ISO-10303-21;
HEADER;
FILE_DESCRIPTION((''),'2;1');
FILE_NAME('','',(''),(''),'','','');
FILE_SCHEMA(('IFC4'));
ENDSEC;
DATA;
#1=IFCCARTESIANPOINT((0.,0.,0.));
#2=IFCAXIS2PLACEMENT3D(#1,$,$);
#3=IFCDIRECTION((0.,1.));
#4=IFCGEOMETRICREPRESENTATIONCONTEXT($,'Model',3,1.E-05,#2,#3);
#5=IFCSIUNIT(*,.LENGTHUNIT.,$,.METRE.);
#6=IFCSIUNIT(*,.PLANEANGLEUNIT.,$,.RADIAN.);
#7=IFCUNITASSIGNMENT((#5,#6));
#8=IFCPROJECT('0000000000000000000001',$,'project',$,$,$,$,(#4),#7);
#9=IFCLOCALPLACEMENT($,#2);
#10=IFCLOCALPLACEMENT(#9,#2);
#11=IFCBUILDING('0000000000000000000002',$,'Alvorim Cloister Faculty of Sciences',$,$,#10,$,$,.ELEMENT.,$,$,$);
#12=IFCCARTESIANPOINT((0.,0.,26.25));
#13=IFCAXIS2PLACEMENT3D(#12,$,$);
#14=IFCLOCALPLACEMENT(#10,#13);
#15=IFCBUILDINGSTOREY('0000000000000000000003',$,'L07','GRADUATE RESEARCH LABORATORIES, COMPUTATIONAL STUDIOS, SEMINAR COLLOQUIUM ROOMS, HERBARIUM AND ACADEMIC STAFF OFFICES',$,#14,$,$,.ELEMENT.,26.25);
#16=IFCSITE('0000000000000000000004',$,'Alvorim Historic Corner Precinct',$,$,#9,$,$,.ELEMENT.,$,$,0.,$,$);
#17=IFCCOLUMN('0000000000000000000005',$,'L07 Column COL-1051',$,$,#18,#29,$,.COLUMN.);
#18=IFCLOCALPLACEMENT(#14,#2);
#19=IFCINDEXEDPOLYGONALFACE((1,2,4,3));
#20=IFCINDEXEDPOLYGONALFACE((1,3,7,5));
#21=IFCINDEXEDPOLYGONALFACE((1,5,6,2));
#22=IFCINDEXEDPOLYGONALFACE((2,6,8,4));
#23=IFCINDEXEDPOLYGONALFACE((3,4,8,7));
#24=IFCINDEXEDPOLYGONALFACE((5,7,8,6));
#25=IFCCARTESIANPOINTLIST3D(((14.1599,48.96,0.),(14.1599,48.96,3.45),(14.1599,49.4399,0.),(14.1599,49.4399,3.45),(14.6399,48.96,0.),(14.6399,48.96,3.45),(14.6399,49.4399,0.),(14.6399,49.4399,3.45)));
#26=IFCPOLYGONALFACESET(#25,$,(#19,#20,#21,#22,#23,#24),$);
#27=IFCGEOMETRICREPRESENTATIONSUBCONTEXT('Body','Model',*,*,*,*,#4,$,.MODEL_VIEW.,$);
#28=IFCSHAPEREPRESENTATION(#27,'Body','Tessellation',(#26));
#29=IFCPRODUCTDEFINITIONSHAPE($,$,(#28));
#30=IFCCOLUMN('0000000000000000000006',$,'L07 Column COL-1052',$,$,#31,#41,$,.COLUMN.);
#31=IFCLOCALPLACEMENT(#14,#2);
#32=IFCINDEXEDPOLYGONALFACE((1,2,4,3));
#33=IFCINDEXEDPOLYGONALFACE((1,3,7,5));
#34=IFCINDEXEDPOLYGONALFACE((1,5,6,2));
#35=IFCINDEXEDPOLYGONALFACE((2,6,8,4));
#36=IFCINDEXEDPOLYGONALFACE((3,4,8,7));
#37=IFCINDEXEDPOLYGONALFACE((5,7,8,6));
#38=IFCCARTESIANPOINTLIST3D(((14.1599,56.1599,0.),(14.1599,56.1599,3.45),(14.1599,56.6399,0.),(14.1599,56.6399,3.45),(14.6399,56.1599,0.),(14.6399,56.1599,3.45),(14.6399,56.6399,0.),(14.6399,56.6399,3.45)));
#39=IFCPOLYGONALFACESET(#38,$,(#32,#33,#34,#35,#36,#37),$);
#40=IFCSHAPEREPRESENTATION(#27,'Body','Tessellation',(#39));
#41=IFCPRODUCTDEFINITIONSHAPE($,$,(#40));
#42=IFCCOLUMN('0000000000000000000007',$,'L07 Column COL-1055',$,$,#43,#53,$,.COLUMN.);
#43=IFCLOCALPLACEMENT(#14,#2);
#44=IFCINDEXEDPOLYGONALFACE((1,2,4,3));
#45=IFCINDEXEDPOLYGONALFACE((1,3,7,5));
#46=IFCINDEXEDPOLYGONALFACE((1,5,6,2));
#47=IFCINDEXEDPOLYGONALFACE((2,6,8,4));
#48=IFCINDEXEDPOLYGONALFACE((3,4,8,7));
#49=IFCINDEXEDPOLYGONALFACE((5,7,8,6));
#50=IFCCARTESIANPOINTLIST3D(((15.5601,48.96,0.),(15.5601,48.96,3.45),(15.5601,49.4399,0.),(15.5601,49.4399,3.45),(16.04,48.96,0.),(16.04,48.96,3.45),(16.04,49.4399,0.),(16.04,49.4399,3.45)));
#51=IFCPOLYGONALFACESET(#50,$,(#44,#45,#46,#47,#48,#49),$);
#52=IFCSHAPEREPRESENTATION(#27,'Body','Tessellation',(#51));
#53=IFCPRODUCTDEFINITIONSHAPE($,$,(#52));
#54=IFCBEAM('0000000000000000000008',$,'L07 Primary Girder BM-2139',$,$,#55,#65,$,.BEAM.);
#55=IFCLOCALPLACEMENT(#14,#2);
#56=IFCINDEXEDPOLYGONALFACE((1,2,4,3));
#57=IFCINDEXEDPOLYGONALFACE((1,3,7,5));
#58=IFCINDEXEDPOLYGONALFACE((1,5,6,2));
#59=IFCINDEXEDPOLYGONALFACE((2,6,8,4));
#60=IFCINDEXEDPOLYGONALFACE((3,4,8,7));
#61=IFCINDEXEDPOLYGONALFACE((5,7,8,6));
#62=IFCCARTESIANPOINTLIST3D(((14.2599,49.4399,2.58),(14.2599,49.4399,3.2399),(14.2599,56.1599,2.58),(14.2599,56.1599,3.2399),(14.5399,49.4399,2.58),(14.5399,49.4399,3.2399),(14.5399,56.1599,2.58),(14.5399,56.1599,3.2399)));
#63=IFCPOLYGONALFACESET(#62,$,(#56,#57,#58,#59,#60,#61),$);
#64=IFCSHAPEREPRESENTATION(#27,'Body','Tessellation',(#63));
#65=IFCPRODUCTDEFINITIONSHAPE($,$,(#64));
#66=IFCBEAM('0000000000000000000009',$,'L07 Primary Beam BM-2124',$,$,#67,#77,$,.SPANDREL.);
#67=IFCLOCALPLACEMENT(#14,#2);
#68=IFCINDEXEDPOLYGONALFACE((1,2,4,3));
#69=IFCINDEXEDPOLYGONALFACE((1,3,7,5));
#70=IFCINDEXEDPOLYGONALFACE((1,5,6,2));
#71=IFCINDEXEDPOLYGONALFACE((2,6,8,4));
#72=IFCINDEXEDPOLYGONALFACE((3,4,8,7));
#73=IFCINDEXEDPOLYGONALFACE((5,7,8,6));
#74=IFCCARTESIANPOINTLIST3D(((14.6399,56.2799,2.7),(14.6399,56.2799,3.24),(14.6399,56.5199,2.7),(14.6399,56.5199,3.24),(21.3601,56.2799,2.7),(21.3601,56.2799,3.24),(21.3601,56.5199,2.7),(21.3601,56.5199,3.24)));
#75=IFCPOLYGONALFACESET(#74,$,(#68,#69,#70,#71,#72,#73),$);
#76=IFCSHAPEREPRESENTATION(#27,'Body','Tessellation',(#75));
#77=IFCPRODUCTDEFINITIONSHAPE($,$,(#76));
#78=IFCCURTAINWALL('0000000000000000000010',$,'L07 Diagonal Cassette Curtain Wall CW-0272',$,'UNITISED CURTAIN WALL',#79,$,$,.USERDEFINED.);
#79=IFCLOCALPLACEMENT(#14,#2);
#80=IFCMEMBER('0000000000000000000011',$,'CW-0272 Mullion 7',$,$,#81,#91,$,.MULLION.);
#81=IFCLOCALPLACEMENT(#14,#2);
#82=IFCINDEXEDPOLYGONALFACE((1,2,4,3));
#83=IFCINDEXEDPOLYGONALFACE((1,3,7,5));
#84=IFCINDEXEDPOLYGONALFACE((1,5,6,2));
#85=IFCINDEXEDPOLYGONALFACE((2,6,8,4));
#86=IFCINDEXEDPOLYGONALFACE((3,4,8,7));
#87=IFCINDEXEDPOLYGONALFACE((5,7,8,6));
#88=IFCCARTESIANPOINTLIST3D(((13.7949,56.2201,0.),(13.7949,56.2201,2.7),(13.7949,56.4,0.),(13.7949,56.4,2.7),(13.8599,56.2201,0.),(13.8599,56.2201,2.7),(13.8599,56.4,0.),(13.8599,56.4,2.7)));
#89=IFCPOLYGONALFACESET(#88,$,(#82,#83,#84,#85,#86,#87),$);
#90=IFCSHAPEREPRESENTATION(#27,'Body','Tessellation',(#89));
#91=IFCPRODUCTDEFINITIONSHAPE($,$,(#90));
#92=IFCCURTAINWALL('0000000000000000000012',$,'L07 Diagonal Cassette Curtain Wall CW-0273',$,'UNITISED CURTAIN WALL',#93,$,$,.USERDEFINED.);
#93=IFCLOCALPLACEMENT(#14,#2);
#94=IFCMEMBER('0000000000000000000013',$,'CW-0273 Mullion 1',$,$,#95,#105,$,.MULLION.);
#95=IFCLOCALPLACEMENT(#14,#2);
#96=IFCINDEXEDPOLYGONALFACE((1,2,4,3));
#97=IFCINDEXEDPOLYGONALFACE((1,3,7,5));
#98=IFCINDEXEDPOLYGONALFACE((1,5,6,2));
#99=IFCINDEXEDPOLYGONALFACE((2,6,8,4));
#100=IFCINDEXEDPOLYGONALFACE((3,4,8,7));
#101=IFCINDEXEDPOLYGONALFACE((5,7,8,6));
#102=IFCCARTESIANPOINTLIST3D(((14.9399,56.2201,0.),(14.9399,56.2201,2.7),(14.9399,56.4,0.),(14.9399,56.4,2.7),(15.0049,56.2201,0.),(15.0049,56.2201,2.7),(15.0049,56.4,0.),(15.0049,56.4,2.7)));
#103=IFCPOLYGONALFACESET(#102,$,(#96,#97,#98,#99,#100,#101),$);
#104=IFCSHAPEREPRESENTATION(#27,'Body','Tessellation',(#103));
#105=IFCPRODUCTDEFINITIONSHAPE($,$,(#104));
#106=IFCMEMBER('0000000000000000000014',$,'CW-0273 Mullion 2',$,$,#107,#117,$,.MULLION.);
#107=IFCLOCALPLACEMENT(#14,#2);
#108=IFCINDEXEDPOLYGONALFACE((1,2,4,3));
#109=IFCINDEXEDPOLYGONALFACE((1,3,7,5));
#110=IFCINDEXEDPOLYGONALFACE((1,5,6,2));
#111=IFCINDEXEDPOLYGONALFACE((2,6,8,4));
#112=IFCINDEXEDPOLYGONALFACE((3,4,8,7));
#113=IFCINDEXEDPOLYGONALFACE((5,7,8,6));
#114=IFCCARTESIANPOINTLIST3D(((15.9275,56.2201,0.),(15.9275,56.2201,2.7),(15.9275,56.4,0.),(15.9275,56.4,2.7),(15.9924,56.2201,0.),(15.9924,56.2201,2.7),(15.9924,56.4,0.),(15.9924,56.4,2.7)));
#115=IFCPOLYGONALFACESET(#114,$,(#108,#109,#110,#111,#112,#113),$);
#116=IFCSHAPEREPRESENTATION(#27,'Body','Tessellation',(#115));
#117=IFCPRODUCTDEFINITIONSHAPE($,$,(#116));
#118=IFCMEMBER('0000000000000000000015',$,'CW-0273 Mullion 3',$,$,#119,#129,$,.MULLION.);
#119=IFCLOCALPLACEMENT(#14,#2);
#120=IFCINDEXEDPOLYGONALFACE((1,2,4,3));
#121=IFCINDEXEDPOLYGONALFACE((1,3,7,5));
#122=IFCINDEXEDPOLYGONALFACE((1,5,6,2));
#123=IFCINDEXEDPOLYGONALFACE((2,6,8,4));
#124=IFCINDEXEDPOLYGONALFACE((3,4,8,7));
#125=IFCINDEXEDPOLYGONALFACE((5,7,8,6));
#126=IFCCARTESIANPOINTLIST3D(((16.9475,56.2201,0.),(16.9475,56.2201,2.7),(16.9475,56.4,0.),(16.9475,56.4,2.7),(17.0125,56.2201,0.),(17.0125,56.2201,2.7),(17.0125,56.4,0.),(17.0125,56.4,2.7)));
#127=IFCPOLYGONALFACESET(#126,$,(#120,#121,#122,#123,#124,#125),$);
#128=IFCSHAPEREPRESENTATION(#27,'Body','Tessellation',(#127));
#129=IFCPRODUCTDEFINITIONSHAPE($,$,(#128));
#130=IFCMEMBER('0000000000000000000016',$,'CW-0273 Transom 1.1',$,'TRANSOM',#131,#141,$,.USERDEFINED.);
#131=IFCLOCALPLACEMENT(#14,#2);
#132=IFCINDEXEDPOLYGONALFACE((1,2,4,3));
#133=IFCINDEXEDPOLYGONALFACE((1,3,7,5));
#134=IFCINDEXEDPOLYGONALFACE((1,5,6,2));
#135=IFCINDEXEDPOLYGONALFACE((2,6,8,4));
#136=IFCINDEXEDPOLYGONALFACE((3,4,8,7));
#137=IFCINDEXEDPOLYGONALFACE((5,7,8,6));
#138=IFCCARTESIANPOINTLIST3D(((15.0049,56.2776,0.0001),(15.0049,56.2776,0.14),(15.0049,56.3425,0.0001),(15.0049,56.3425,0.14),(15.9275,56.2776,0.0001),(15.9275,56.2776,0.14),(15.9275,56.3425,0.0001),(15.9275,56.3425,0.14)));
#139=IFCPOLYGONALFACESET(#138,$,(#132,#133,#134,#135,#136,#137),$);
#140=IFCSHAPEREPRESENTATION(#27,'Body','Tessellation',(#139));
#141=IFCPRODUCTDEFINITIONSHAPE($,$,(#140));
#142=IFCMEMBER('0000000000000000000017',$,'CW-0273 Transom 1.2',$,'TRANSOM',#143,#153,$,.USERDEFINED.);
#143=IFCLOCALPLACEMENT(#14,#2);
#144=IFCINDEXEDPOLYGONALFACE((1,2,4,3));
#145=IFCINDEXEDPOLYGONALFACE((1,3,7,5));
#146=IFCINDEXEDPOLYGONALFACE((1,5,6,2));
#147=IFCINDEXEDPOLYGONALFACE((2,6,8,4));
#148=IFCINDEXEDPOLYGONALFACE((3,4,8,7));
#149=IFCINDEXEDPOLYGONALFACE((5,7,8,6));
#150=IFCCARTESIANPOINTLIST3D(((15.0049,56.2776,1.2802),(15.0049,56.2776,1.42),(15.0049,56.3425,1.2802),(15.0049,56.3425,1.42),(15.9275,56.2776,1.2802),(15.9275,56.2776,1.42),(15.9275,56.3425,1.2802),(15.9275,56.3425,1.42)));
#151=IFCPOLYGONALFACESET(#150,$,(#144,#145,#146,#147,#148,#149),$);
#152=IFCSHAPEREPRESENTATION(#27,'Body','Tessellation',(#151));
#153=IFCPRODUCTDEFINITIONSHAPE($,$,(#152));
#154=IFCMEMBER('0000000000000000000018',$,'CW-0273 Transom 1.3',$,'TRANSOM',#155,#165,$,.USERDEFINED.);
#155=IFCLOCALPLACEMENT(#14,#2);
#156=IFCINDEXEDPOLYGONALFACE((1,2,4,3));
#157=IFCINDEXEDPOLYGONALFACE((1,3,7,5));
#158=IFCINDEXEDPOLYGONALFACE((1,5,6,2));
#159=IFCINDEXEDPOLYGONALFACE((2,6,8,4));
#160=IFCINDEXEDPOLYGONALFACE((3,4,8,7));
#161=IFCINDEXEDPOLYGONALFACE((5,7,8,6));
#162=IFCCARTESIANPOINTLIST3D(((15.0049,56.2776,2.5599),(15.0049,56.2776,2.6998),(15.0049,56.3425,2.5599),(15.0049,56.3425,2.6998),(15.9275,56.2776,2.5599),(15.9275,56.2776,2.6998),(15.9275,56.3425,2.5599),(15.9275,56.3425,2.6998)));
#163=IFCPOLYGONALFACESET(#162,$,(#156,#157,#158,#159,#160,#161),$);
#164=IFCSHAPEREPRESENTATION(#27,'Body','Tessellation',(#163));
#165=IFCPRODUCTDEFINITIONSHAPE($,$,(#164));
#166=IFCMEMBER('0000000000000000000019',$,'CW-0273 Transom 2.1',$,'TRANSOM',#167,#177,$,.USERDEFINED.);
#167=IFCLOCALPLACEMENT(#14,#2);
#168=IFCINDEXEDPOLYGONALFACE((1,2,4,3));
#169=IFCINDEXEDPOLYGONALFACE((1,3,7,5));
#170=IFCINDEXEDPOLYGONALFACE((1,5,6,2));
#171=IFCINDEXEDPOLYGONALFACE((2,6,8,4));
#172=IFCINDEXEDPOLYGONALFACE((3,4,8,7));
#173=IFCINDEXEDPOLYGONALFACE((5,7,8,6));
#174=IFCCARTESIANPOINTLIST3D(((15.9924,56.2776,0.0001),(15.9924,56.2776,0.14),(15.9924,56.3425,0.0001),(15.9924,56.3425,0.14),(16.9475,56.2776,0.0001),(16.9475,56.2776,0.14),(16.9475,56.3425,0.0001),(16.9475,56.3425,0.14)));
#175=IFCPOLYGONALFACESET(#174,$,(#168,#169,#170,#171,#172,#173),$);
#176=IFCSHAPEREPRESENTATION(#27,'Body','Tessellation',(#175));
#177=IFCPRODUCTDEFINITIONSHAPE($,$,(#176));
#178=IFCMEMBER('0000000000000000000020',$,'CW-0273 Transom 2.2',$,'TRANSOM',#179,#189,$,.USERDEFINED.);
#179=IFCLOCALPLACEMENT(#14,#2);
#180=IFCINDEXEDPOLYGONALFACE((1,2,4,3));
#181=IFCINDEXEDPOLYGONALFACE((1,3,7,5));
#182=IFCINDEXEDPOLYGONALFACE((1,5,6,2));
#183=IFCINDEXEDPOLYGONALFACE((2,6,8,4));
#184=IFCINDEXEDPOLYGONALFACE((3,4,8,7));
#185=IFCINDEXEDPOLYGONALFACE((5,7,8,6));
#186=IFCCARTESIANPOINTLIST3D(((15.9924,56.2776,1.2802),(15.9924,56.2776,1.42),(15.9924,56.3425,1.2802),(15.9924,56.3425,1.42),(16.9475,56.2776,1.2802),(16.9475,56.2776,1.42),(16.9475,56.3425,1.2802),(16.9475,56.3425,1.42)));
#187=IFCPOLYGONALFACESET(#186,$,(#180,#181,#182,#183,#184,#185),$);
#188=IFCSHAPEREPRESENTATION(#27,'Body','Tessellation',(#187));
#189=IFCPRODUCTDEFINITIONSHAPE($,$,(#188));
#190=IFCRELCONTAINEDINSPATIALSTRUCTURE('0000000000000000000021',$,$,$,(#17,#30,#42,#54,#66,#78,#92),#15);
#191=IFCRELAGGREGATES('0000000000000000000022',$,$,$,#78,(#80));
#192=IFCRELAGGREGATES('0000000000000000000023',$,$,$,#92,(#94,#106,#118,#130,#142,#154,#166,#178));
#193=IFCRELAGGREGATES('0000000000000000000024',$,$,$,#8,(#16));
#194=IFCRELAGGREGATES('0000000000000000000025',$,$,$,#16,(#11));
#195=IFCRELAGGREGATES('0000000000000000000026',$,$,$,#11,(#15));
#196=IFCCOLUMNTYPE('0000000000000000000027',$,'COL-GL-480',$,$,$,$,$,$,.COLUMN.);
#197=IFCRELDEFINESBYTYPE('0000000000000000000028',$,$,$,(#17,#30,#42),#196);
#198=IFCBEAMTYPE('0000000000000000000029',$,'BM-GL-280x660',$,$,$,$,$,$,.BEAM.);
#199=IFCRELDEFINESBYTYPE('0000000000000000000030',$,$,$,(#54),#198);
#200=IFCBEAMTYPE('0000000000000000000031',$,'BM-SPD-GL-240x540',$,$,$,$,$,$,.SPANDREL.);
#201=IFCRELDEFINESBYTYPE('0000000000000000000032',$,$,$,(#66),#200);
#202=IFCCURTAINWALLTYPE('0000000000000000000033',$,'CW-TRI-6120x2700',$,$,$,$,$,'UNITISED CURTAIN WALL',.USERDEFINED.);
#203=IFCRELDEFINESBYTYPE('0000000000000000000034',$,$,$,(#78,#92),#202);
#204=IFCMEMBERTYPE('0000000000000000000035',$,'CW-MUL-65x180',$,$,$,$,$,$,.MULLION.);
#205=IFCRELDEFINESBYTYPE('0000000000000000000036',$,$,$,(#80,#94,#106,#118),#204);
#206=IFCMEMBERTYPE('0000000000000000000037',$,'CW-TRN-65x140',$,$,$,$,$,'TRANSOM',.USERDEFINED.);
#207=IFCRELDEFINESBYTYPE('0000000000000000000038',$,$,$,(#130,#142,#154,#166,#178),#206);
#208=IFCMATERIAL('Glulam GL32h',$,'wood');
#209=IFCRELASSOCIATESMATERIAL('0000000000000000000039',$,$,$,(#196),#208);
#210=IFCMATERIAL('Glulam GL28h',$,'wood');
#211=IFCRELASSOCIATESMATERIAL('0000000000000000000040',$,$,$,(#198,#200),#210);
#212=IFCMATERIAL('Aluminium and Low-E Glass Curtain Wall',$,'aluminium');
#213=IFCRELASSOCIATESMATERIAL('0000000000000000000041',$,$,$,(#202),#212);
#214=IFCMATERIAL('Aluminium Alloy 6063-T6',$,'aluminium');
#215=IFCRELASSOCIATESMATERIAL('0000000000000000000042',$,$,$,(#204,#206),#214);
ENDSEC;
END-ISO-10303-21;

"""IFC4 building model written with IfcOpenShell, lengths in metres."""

from ifc_helpers import new_model, si_unit, direction, frame, origin, origin_2d, place, context, subcontext, project, spatial, rectangle, extrude, material, material_profile, profile_set, type_object, element, aggregate, save


model = new_model("IFC4")

# Units and contexts
model_context = context("Model", 3, precision=1e-05, world=origin(), true_north=direction((0.0, 1.0)))
body_context = subcontext(model_context, "Body", "Model", "MODEL_VIEW")
ifc_project = project(units=[si_unit("LENGTHUNIT", "METRE"), si_unit("PLANEANGLEUNIT", "RADIAN")], contexts=[model_context])

# Site, building, storey
site_placement = place(None, origin())
site = spatial("IfcSite", under=ifc_project, at=site_placement, Name="Alvorim Historic Corner Precinct", CompositionType="ELEMENT", RefElevation=0.0)
building_placement = place(site_placement, origin())
building = spatial("IfcBuilding", under=site, at=building_placement, Name="Alvorim Cloister Faculty of Sciences", CompositionType="ELEMENT")
storey_placement = place(building_placement, frame((0.0, 0.0, 26.25)))
storey = spatial("IfcBuildingStorey", under=building, at=storey_placement, Name="L07", Description="GRADUATE RESEARCH LABORATORIES, COMPUTATIONAL STUDIOS, SEMINAR COLLOQUIUM ROOMS, HERBARIUM AND ACADEMIC STAFF OFFICES", CompositionType="ELEMENT", Elevation=26.25)

# Columns
ifc_material_1 = material(Name="Glulam GL32h", Category="wood")
ifc_material_profile_1 = material_profile(ifc_material_1, rectangle(XDim=0.48, YDim=0.48, at=origin_2d()), Name="GL32-COL-480x480")
ifc_profile_set_1 = profile_set([ifc_material_profile_1], Name="Glulam GL32h")
column_type = type_object("IfcColumnType", Name="COL-GL-480", PredefinedType="COLUMN", material=ifc_profile_set_1)
for number, where, z_axis, x_axis, name in (
    (1, (14.3999, 49.2, 0.0), (0.0, 0.0, 1.0), (1.0, 0.0, 0.0), "L07 Column COL-1051"),
    (2, (14.3999, 56.3999, 0.0), (0.0, 0.0, 1.0), (1.0, 0.0, 0.0), "L07 Column COL-1052"),
    (3, (15.8, 49.2, 0.0), (0.0, 0.0, 1.0), (1.0, 0.0, 0.0), "L07 Column COL-1055"),
):
    element("IfcColumn", number, at=place(storey_placement, frame(where, z_axis=z_axis, x_axis=x_axis)), inside=storey, type_object=column_type, Name=name, PredefinedType="COLUMN", context=body_context, shape_type="SweptSolid", body=[
        extrude(rectangle(XDim=0.48, YDim=0.48, at=origin_2d()), origin(), (0.0, 0.0, 1.0), 3.45),
    ])

# Beams
ifc_material_2 = material(Name="Glulam GL28h", Category="wood")
ifc_material_profile_2 = material_profile(ifc_material_2, rectangle(XDim=0.28, YDim=0.6599, at=origin_2d()), Name="GL28-BM-280x660")
ifc_profile_set_2 = profile_set([ifc_material_profile_2], Name="Glulam GL28h")
beam_type_1 = type_object("IfcBeamType", Name="BM-GL-280x660", PredefinedType="BEAM", material=ifc_profile_set_2)
beam_1_placement = place(storey_placement, frame((14.3999, 49.4399, 2.9099), z_axis=(0.0, 1.0, 0.0), x_axis=(-1.0, 0.0, 0.0)))
element("IfcBeam", 4, at=beam_1_placement, inside=storey, type_object=beam_type_1, Name="L07 Primary Girder BM-2139", PredefinedType="BEAM", context=body_context, shape_type="SweptSolid", body=[
    extrude(rectangle(XDim=0.28, YDim=0.6599, at=origin_2d()), origin(), (0.0, 0.0, 1.0), 6.72),
])
ifc_material_profile_3 = material_profile(ifc_material_2, rectangle(XDim=0.24, YDim=0.54, at=origin_2d()), Name="GL28-SPD-240x540")
ifc_profile_set_3 = profile_set([ifc_material_profile_3], Name="Glulam GL28h")
beam_type_2 = type_object("IfcBeamType", Name="BM-SPD-GL-240x540", PredefinedType="SPANDREL", material=ifc_profile_set_3)
beam_2_placement = place(storey_placement, frame((14.6399, 56.3999, 2.97), z_axis=(1.0, 0.0, 0.0), x_axis=(0.0, 1.0, 0.0)))
element("IfcBeam", 5, at=beam_2_placement, inside=storey, type_object=beam_type_2, Name="L07 Primary Beam BM-2124", PredefinedType="SPANDREL", context=body_context, shape_type="SweptSolid", body=[
    extrude(rectangle(XDim=0.24, YDim=0.54, at=origin_2d()), origin(), (0.0, 0.0, 1.0), 6.7202),
])

# Curtain wall, member
ifc_material_3 = material(Name="Aluminium and Low-E Glass Curtain Wall", Category="aluminium")
curtain_wall_type = type_object("IfcCurtainWallType", Name="CW-TRI-6120x2700", ElementType="UNITISED CURTAIN WALL", PredefinedType="USERDEFINED", material=ifc_material_3)
curtain_wall_1_placement = place(storey_placement, origin())
curtain_wall_1 = element("IfcCurtainWall", 6, at=curtain_wall_1_placement, inside=storey, type_object=curtain_wall_type, Name="L07 Diagonal Cassette Curtain Wall CW-0272", ObjectType="UNITISED CURTAIN WALL", PredefinedType="USERDEFINED")
ifc_material_4 = material(Name="Aluminium Alloy 6063-T6", Category="aluminium")
ifc_material_profile_4 = material_profile(ifc_material_4, rectangle(XDim=0.0649, YDim=0.1799, at=origin_2d()), Name="ALU-MUL-65x180")
ifc_profile_set_4 = profile_set([ifc_material_profile_4], Name="Aluminium Alloy 6063-T6")
member_type_1 = type_object("IfcMemberType", Name="CW-MUL-65x180", PredefinedType="MULLION", material=ifc_profile_set_4)
member_1_placement = place(storey_placement, frame((13.8274, 56.3101, 0.0), z_axis=(0.0, 0.0, 1.0), x_axis=(1.0, 0.0, 0.0)))
member_1 = element("IfcMember", 7, at=member_1_placement, type_object=member_type_1, Name="CW-0272 Mullion 7", PredefinedType="MULLION", context=body_context, shape_type="SweptSolid", body=[
    extrude(rectangle(XDim=0.0649, YDim=0.1799, at=origin_2d()), origin(), (0.0, 0.0, 1.0), 2.7),
])

# Curtain wall, members
curtain_wall_2_placement = place(storey_placement, origin())
curtain_wall_2 = element("IfcCurtainWall", 8, at=curtain_wall_2_placement, inside=storey, type_object=curtain_wall_type, Name="L07 Diagonal Cassette Curtain Wall CW-0273", ObjectType="UNITISED CURTAIN WALL", PredefinedType="USERDEFINED")
member_2_placement = place(storey_placement, frame((14.9724, 56.3101, 0.0), z_axis=(0.0, 0.0, 1.0), x_axis=(1.0, 0.0, 0.0)))
member_2 = element("IfcMember", 9, at=member_2_placement, type_object=member_type_1, Name="CW-0273 Mullion 1", PredefinedType="MULLION", context=body_context, shape_type="SweptSolid", body=[
    extrude(rectangle(XDim=0.0649, YDim=0.1799, at=origin_2d()), origin(), (0.0, 0.0, 1.0), 2.7),
])
member_3_placement = place(storey_placement, frame((15.96, 56.3101, 0.0), z_axis=(0.0, 0.0, 1.0), x_axis=(1.0, 0.0, 0.0)))
member_3 = element("IfcMember", 10, at=member_3_placement, type_object=member_type_1, Name="CW-0273 Mullion 2", PredefinedType="MULLION", context=body_context, shape_type="SweptSolid", body=[
    extrude(rectangle(XDim=0.0649, YDim=0.1799, at=origin_2d()), origin(), (0.0, 0.0, 1.0), 2.7),
])
member_4_placement = place(storey_placement, frame((16.98, 56.3101, 0.0), z_axis=(0.0, 0.0, 1.0), x_axis=(1.0, 0.0, 0.0)))
member_4 = element("IfcMember", 11, at=member_4_placement, type_object=member_type_1, Name="CW-0273 Mullion 3", PredefinedType="MULLION", context=body_context, shape_type="SweptSolid", body=[
    extrude(rectangle(XDim=0.0649, YDim=0.1799, at=origin_2d()), origin(), (0.0, 0.0, 1.0), 2.7),
])
ifc_material_profile_5 = material_profile(ifc_material_4, rectangle(XDim=0.0649, YDim=0.1399, at=origin_2d()), Name="ALU-TRN-65x140")
ifc_profile_set_5 = profile_set([ifc_material_profile_5], Name="Aluminium Alloy 6063-T6")
member_type_2 = type_object("IfcMemberType", Name="CW-TRN-65x140", ElementType="TRANSOM", PredefinedType="USERDEFINED", material=ifc_profile_set_5)
member_5_placement = place(storey_placement, frame((15.0049, 56.3101, 0.0701), z_axis=(1.0, 0.0, 0.0), x_axis=(0.0, 1.0, 0.0)))
member_5 = element("IfcMember", 12, at=member_5_placement, type_object=member_type_2, Name="CW-0273 Transom 1.1", ObjectType="TRANSOM", PredefinedType="USERDEFINED", context=body_context, shape_type="SweptSolid", body=[
    extrude(rectangle(XDim=0.0649, YDim=0.1399, at=origin_2d()), origin(), (0.0, 0.0, 1.0), 0.9226),
])
member_6_placement = place(storey_placement, frame((15.0049, 56.3101, 1.3501), z_axis=(1.0, 0.0, 0.0), x_axis=(0.0, 1.0, 0.0)))
member_6 = element("IfcMember", 13, at=member_6_placement, type_object=member_type_2, Name="CW-0273 Transom 1.2", ObjectType="TRANSOM", PredefinedType="USERDEFINED", context=body_context, shape_type="SweptSolid", body=[
    extrude(rectangle(XDim=0.0649, YDim=0.1399, at=origin_2d()), origin(), (0.0, 0.0, 1.0), 0.9226),
])
member_7_placement = place(storey_placement, frame((15.0049, 56.3101, 2.6299), z_axis=(1.0, 0.0, 0.0), x_axis=(0.0, 1.0, 0.0)))
member_7 = element("IfcMember", 14, at=member_7_placement, type_object=member_type_2, Name="CW-0273 Transom 1.3", ObjectType="TRANSOM", PredefinedType="USERDEFINED", context=body_context, shape_type="SweptSolid", body=[
    extrude(rectangle(XDim=0.0649, YDim=0.1399, at=origin_2d()), origin(), (0.0, 0.0, 1.0), 0.9226),
])
member_8_placement = place(storey_placement, frame((15.9924, 56.3101, 0.0701), z_axis=(1.0, 0.0, 0.0), x_axis=(0.0, 1.0, 0.0)))
member_8 = element("IfcMember", 15, at=member_8_placement, type_object=member_type_2, Name="CW-0273 Transom 2.1", ObjectType="TRANSOM", PredefinedType="USERDEFINED", context=body_context, shape_type="SweptSolid", body=[
    extrude(rectangle(XDim=0.0649, YDim=0.1399, at=origin_2d()), origin(), (0.0, 0.0, 1.0), 0.9551),
])
member_9_placement = place(storey_placement, frame((15.9924, 56.3101, 1.3501), z_axis=(1.0, 0.0, 0.0), x_axis=(0.0, 1.0, 0.0)))
member_9 = element("IfcMember", 16, at=member_9_placement, type_object=member_type_2, Name="CW-0273 Transom 2.2", ObjectType="TRANSOM", PredefinedType="USERDEFINED", context=body_context, shape_type="SweptSolid", body=[
    extrude(rectangle(XDim=0.0649, YDim=0.1399, at=origin_2d()), origin(), (0.0, 0.0, 1.0), 0.9551),
])

aggregate(curtain_wall_1, [member_1])
aggregate(curtain_wall_2, [member_2, member_3, member_4, member_5, member_6, member_7, member_8, member_9])

save(model, "model.ifc")
